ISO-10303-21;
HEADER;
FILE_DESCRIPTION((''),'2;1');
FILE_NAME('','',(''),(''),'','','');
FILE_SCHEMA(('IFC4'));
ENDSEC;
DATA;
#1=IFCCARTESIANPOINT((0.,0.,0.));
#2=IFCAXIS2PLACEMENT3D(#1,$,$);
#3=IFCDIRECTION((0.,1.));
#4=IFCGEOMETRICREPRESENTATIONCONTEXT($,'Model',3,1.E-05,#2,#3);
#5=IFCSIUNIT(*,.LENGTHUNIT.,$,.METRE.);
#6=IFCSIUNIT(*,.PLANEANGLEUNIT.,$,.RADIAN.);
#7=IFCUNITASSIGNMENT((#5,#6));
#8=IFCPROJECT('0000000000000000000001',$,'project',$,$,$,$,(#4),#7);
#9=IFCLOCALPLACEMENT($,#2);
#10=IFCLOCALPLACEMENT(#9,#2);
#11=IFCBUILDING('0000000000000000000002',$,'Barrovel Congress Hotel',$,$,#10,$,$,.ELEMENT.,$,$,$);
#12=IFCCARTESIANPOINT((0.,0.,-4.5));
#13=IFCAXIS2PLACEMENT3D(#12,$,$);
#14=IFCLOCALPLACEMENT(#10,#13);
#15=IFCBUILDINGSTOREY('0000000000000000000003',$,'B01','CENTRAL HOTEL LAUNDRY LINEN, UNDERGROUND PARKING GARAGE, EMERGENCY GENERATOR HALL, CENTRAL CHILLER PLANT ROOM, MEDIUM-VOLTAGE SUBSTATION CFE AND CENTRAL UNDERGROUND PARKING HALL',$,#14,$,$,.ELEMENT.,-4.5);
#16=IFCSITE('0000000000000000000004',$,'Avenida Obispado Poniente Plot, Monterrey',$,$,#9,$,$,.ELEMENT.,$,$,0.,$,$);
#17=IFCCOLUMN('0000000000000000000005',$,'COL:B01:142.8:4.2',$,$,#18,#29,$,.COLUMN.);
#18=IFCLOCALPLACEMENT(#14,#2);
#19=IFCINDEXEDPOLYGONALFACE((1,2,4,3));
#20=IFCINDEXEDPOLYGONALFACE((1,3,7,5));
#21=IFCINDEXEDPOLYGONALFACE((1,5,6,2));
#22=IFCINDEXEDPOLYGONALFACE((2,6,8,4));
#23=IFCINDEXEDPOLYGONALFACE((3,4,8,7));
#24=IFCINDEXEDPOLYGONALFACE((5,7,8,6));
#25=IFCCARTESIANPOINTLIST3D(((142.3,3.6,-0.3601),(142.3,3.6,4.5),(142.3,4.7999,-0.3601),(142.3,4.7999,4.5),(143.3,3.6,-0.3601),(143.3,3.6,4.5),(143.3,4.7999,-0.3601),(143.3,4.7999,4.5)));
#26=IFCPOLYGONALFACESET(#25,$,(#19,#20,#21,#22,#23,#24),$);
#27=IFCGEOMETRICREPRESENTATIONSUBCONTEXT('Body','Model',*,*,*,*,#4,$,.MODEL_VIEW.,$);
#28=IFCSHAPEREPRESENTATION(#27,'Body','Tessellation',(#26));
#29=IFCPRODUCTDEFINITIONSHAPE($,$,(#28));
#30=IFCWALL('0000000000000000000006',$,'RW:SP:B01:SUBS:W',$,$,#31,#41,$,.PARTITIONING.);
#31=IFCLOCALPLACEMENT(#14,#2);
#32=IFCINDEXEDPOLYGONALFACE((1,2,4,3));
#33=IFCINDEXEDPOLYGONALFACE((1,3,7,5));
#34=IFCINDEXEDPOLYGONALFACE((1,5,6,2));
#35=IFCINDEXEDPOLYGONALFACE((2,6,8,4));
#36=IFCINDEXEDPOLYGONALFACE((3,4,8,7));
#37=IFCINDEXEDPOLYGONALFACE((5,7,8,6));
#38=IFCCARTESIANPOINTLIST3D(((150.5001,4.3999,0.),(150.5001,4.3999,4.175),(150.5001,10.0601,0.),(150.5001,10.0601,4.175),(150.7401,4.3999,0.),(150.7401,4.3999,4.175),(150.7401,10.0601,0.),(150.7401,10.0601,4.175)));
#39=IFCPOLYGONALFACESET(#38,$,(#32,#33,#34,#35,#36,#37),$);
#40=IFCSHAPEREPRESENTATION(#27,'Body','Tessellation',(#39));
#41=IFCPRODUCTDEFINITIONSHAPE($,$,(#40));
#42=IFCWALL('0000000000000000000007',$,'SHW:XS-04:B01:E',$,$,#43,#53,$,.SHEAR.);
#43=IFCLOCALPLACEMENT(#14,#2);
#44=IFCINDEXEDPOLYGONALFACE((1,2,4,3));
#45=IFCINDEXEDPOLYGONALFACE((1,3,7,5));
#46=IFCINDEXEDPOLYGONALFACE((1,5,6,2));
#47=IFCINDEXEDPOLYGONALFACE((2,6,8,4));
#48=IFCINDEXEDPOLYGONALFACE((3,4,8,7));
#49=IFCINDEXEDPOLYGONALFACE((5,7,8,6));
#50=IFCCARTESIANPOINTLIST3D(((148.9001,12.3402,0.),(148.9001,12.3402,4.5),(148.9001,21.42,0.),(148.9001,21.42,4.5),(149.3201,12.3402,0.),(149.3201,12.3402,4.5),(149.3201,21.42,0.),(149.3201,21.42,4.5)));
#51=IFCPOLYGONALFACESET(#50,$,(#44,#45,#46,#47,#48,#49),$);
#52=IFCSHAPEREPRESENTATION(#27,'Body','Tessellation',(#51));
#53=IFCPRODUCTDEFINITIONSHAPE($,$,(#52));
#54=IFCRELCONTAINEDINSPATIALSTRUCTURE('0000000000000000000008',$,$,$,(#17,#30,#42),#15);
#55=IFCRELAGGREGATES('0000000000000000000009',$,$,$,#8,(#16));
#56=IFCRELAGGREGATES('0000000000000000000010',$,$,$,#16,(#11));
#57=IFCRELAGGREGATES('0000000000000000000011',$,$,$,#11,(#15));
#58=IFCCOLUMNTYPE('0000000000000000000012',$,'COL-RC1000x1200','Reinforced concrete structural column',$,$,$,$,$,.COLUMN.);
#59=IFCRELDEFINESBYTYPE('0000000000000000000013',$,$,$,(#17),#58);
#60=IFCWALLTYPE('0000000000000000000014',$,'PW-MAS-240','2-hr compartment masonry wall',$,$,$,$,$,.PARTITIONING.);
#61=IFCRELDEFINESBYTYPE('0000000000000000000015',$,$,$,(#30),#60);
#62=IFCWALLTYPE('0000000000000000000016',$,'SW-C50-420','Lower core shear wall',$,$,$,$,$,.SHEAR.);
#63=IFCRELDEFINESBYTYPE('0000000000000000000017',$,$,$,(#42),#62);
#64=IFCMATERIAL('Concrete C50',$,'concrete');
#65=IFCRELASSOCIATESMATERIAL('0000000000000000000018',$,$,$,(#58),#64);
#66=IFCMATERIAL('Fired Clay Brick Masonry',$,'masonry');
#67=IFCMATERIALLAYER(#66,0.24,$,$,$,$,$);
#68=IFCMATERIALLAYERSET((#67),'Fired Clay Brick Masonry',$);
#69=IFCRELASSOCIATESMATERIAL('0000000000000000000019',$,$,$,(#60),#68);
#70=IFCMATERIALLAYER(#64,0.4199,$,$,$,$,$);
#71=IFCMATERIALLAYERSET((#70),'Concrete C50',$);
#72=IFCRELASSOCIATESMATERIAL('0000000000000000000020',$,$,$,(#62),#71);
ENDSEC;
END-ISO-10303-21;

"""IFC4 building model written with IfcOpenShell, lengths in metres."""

from ifc_helpers import new_model, si_unit, direction, frame, frame_2d, origin, origin_2d, place, context, subcontext, project, spatial, rectangle, extrude, material, layer, layer_set, material_profile, profile_set, type_object, element, save


model = new_model("IFC4")

# Units and contexts
model_context = context("Model", 3, precision=1e-05, world=origin(), true_north=direction((0.0, 1.0)))
body_context = subcontext(model_context, "Body", "Model", "MODEL_VIEW")
ifc_project = project(units=[si_unit("LENGTHUNIT", "METRE"), si_unit("PLANEANGLEUNIT", "RADIAN")], contexts=[model_context])

# Site, building, storey
site_placement = place(None, origin())
site = spatial("IfcSite", under=ifc_project, at=site_placement, Name="Avenida Obispado Poniente Plot, Monterrey", CompositionType="ELEMENT", RefElevation=0.0)
building_placement = place(site_placement, origin())
building = spatial("IfcBuilding", under=site, at=building_placement, Name="Barrovel Congress Hotel", CompositionType="ELEMENT")
storey_placement = place(building_placement, frame((0.0, 0.0, -4.5)))
storey = spatial("IfcBuildingStorey", under=building, at=storey_placement, Name="B01", Description="CENTRAL HOTEL LAUNDRY LINEN, UNDERGROUND PARKING GARAGE, EMERGENCY GENERATOR HALL, CENTRAL CHILLER PLANT ROOM, MEDIUM-VOLTAGE SUBSTATION CFE AND CENTRAL UNDERGROUND PARKING HALL", CompositionType="ELEMENT", Elevation=-4.5)

# Column
ifc_material_1 = material(Name="Concrete C50", Category="concrete")
ifc_material_profile_1 = material_profile(ifc_material_1, rectangle(XDim=1.0, YDim=1.2, at=origin_2d()), Name="RC1000x1200")
ifc_profile_set_1 = profile_set([ifc_material_profile_1], Name="Concrete C50")
column_type_1 = type_object("IfcColumnType", Name="COL-RC1000x1200", Description="Reinforced concrete structural column", PredefinedType="COLUMN", material=ifc_profile_set_1)
column_1_placement = place(storey_placement, frame((142.8, 4.2, -0.3601), z_axis=(0.0, 0.0, 1.0), x_axis=(1.0, 0.0, 0.0)))
element("IfcColumn", 1, at=column_1_placement, inside=storey, type_object=column_type_1, Name="COL:B01:142.8:4.2", PredefinedType="COLUMN", context=body_context, shape_type="SweptSolid", body=[
    extrude(rectangle(XDim=1.0, YDim=1.2, at=origin_2d()), origin(), (0.0, 0.0, 1.0), 4.8601),
])

# Wall
ifc_material_2 = material(Name="Fired Clay Brick Masonry", Category="masonry")
ifc_layer_1 = layer(ifc_material_2, 0.24)
ifc_layer_set_1 = layer_set([ifc_layer_1], Name="Fired Clay Brick Masonry")
wall_type_1 = type_object("IfcWallType", Name="PW-MAS-240", Description="2-hr compartment masonry wall", PredefinedType="PARTITIONING", material=ifc_layer_set_1)
wall_1_placement = place(storey_placement, frame((150.6201, 4.3999, 0.0), z_axis=(0.0, 0.0, 1.0), x_axis=(0.0, 1.0, 0.0)))
element("IfcWall", 2, at=wall_1_placement, inside=storey, type_object=wall_type_1, Name="RW:SP:B01:SUBS:W", PredefinedType="PARTITIONING", context=body_context, shape_type="SweptSolid", body=[
    extrude(rectangle(XDim=5.6602, YDim=0.24, at=frame_2d((2.8301, 0.0))), origin(), (0.0, 0.0, 1.0), 4.175),
])

# Shared definitions
ifc_layer_2 = layer(ifc_material_1, 0.4199)
ifc_layer_set_2 = layer_set([ifc_layer_2], Name="Concrete C50")
wall_type_2 = type_object("IfcWallType", Name="SW-C50-420", Description="Lower core shear wall", PredefinedType="SHEAR", material=ifc_layer_set_2)

# Wall
wall_2_placement = place(storey_placement, frame((149.1101, 12.3401, 0.0), z_axis=(0.0, 0.0, 1.0), x_axis=(0.0, 1.0, 0.0)))
element("IfcWall", 3, at=wall_2_placement, inside=storey, type_object=wall_type_2, Name="SHW:XS-04:B01:E", PredefinedType="SHEAR", context=body_context, shape_type="SweptSolid", body=[
    extrude(rectangle(XDim=9.0798, YDim=0.4199, at=frame_2d((4.54, 0.0))), origin(), (0.0, 0.0, 1.0), 4.5),
])

save(model, "model.ifc")
